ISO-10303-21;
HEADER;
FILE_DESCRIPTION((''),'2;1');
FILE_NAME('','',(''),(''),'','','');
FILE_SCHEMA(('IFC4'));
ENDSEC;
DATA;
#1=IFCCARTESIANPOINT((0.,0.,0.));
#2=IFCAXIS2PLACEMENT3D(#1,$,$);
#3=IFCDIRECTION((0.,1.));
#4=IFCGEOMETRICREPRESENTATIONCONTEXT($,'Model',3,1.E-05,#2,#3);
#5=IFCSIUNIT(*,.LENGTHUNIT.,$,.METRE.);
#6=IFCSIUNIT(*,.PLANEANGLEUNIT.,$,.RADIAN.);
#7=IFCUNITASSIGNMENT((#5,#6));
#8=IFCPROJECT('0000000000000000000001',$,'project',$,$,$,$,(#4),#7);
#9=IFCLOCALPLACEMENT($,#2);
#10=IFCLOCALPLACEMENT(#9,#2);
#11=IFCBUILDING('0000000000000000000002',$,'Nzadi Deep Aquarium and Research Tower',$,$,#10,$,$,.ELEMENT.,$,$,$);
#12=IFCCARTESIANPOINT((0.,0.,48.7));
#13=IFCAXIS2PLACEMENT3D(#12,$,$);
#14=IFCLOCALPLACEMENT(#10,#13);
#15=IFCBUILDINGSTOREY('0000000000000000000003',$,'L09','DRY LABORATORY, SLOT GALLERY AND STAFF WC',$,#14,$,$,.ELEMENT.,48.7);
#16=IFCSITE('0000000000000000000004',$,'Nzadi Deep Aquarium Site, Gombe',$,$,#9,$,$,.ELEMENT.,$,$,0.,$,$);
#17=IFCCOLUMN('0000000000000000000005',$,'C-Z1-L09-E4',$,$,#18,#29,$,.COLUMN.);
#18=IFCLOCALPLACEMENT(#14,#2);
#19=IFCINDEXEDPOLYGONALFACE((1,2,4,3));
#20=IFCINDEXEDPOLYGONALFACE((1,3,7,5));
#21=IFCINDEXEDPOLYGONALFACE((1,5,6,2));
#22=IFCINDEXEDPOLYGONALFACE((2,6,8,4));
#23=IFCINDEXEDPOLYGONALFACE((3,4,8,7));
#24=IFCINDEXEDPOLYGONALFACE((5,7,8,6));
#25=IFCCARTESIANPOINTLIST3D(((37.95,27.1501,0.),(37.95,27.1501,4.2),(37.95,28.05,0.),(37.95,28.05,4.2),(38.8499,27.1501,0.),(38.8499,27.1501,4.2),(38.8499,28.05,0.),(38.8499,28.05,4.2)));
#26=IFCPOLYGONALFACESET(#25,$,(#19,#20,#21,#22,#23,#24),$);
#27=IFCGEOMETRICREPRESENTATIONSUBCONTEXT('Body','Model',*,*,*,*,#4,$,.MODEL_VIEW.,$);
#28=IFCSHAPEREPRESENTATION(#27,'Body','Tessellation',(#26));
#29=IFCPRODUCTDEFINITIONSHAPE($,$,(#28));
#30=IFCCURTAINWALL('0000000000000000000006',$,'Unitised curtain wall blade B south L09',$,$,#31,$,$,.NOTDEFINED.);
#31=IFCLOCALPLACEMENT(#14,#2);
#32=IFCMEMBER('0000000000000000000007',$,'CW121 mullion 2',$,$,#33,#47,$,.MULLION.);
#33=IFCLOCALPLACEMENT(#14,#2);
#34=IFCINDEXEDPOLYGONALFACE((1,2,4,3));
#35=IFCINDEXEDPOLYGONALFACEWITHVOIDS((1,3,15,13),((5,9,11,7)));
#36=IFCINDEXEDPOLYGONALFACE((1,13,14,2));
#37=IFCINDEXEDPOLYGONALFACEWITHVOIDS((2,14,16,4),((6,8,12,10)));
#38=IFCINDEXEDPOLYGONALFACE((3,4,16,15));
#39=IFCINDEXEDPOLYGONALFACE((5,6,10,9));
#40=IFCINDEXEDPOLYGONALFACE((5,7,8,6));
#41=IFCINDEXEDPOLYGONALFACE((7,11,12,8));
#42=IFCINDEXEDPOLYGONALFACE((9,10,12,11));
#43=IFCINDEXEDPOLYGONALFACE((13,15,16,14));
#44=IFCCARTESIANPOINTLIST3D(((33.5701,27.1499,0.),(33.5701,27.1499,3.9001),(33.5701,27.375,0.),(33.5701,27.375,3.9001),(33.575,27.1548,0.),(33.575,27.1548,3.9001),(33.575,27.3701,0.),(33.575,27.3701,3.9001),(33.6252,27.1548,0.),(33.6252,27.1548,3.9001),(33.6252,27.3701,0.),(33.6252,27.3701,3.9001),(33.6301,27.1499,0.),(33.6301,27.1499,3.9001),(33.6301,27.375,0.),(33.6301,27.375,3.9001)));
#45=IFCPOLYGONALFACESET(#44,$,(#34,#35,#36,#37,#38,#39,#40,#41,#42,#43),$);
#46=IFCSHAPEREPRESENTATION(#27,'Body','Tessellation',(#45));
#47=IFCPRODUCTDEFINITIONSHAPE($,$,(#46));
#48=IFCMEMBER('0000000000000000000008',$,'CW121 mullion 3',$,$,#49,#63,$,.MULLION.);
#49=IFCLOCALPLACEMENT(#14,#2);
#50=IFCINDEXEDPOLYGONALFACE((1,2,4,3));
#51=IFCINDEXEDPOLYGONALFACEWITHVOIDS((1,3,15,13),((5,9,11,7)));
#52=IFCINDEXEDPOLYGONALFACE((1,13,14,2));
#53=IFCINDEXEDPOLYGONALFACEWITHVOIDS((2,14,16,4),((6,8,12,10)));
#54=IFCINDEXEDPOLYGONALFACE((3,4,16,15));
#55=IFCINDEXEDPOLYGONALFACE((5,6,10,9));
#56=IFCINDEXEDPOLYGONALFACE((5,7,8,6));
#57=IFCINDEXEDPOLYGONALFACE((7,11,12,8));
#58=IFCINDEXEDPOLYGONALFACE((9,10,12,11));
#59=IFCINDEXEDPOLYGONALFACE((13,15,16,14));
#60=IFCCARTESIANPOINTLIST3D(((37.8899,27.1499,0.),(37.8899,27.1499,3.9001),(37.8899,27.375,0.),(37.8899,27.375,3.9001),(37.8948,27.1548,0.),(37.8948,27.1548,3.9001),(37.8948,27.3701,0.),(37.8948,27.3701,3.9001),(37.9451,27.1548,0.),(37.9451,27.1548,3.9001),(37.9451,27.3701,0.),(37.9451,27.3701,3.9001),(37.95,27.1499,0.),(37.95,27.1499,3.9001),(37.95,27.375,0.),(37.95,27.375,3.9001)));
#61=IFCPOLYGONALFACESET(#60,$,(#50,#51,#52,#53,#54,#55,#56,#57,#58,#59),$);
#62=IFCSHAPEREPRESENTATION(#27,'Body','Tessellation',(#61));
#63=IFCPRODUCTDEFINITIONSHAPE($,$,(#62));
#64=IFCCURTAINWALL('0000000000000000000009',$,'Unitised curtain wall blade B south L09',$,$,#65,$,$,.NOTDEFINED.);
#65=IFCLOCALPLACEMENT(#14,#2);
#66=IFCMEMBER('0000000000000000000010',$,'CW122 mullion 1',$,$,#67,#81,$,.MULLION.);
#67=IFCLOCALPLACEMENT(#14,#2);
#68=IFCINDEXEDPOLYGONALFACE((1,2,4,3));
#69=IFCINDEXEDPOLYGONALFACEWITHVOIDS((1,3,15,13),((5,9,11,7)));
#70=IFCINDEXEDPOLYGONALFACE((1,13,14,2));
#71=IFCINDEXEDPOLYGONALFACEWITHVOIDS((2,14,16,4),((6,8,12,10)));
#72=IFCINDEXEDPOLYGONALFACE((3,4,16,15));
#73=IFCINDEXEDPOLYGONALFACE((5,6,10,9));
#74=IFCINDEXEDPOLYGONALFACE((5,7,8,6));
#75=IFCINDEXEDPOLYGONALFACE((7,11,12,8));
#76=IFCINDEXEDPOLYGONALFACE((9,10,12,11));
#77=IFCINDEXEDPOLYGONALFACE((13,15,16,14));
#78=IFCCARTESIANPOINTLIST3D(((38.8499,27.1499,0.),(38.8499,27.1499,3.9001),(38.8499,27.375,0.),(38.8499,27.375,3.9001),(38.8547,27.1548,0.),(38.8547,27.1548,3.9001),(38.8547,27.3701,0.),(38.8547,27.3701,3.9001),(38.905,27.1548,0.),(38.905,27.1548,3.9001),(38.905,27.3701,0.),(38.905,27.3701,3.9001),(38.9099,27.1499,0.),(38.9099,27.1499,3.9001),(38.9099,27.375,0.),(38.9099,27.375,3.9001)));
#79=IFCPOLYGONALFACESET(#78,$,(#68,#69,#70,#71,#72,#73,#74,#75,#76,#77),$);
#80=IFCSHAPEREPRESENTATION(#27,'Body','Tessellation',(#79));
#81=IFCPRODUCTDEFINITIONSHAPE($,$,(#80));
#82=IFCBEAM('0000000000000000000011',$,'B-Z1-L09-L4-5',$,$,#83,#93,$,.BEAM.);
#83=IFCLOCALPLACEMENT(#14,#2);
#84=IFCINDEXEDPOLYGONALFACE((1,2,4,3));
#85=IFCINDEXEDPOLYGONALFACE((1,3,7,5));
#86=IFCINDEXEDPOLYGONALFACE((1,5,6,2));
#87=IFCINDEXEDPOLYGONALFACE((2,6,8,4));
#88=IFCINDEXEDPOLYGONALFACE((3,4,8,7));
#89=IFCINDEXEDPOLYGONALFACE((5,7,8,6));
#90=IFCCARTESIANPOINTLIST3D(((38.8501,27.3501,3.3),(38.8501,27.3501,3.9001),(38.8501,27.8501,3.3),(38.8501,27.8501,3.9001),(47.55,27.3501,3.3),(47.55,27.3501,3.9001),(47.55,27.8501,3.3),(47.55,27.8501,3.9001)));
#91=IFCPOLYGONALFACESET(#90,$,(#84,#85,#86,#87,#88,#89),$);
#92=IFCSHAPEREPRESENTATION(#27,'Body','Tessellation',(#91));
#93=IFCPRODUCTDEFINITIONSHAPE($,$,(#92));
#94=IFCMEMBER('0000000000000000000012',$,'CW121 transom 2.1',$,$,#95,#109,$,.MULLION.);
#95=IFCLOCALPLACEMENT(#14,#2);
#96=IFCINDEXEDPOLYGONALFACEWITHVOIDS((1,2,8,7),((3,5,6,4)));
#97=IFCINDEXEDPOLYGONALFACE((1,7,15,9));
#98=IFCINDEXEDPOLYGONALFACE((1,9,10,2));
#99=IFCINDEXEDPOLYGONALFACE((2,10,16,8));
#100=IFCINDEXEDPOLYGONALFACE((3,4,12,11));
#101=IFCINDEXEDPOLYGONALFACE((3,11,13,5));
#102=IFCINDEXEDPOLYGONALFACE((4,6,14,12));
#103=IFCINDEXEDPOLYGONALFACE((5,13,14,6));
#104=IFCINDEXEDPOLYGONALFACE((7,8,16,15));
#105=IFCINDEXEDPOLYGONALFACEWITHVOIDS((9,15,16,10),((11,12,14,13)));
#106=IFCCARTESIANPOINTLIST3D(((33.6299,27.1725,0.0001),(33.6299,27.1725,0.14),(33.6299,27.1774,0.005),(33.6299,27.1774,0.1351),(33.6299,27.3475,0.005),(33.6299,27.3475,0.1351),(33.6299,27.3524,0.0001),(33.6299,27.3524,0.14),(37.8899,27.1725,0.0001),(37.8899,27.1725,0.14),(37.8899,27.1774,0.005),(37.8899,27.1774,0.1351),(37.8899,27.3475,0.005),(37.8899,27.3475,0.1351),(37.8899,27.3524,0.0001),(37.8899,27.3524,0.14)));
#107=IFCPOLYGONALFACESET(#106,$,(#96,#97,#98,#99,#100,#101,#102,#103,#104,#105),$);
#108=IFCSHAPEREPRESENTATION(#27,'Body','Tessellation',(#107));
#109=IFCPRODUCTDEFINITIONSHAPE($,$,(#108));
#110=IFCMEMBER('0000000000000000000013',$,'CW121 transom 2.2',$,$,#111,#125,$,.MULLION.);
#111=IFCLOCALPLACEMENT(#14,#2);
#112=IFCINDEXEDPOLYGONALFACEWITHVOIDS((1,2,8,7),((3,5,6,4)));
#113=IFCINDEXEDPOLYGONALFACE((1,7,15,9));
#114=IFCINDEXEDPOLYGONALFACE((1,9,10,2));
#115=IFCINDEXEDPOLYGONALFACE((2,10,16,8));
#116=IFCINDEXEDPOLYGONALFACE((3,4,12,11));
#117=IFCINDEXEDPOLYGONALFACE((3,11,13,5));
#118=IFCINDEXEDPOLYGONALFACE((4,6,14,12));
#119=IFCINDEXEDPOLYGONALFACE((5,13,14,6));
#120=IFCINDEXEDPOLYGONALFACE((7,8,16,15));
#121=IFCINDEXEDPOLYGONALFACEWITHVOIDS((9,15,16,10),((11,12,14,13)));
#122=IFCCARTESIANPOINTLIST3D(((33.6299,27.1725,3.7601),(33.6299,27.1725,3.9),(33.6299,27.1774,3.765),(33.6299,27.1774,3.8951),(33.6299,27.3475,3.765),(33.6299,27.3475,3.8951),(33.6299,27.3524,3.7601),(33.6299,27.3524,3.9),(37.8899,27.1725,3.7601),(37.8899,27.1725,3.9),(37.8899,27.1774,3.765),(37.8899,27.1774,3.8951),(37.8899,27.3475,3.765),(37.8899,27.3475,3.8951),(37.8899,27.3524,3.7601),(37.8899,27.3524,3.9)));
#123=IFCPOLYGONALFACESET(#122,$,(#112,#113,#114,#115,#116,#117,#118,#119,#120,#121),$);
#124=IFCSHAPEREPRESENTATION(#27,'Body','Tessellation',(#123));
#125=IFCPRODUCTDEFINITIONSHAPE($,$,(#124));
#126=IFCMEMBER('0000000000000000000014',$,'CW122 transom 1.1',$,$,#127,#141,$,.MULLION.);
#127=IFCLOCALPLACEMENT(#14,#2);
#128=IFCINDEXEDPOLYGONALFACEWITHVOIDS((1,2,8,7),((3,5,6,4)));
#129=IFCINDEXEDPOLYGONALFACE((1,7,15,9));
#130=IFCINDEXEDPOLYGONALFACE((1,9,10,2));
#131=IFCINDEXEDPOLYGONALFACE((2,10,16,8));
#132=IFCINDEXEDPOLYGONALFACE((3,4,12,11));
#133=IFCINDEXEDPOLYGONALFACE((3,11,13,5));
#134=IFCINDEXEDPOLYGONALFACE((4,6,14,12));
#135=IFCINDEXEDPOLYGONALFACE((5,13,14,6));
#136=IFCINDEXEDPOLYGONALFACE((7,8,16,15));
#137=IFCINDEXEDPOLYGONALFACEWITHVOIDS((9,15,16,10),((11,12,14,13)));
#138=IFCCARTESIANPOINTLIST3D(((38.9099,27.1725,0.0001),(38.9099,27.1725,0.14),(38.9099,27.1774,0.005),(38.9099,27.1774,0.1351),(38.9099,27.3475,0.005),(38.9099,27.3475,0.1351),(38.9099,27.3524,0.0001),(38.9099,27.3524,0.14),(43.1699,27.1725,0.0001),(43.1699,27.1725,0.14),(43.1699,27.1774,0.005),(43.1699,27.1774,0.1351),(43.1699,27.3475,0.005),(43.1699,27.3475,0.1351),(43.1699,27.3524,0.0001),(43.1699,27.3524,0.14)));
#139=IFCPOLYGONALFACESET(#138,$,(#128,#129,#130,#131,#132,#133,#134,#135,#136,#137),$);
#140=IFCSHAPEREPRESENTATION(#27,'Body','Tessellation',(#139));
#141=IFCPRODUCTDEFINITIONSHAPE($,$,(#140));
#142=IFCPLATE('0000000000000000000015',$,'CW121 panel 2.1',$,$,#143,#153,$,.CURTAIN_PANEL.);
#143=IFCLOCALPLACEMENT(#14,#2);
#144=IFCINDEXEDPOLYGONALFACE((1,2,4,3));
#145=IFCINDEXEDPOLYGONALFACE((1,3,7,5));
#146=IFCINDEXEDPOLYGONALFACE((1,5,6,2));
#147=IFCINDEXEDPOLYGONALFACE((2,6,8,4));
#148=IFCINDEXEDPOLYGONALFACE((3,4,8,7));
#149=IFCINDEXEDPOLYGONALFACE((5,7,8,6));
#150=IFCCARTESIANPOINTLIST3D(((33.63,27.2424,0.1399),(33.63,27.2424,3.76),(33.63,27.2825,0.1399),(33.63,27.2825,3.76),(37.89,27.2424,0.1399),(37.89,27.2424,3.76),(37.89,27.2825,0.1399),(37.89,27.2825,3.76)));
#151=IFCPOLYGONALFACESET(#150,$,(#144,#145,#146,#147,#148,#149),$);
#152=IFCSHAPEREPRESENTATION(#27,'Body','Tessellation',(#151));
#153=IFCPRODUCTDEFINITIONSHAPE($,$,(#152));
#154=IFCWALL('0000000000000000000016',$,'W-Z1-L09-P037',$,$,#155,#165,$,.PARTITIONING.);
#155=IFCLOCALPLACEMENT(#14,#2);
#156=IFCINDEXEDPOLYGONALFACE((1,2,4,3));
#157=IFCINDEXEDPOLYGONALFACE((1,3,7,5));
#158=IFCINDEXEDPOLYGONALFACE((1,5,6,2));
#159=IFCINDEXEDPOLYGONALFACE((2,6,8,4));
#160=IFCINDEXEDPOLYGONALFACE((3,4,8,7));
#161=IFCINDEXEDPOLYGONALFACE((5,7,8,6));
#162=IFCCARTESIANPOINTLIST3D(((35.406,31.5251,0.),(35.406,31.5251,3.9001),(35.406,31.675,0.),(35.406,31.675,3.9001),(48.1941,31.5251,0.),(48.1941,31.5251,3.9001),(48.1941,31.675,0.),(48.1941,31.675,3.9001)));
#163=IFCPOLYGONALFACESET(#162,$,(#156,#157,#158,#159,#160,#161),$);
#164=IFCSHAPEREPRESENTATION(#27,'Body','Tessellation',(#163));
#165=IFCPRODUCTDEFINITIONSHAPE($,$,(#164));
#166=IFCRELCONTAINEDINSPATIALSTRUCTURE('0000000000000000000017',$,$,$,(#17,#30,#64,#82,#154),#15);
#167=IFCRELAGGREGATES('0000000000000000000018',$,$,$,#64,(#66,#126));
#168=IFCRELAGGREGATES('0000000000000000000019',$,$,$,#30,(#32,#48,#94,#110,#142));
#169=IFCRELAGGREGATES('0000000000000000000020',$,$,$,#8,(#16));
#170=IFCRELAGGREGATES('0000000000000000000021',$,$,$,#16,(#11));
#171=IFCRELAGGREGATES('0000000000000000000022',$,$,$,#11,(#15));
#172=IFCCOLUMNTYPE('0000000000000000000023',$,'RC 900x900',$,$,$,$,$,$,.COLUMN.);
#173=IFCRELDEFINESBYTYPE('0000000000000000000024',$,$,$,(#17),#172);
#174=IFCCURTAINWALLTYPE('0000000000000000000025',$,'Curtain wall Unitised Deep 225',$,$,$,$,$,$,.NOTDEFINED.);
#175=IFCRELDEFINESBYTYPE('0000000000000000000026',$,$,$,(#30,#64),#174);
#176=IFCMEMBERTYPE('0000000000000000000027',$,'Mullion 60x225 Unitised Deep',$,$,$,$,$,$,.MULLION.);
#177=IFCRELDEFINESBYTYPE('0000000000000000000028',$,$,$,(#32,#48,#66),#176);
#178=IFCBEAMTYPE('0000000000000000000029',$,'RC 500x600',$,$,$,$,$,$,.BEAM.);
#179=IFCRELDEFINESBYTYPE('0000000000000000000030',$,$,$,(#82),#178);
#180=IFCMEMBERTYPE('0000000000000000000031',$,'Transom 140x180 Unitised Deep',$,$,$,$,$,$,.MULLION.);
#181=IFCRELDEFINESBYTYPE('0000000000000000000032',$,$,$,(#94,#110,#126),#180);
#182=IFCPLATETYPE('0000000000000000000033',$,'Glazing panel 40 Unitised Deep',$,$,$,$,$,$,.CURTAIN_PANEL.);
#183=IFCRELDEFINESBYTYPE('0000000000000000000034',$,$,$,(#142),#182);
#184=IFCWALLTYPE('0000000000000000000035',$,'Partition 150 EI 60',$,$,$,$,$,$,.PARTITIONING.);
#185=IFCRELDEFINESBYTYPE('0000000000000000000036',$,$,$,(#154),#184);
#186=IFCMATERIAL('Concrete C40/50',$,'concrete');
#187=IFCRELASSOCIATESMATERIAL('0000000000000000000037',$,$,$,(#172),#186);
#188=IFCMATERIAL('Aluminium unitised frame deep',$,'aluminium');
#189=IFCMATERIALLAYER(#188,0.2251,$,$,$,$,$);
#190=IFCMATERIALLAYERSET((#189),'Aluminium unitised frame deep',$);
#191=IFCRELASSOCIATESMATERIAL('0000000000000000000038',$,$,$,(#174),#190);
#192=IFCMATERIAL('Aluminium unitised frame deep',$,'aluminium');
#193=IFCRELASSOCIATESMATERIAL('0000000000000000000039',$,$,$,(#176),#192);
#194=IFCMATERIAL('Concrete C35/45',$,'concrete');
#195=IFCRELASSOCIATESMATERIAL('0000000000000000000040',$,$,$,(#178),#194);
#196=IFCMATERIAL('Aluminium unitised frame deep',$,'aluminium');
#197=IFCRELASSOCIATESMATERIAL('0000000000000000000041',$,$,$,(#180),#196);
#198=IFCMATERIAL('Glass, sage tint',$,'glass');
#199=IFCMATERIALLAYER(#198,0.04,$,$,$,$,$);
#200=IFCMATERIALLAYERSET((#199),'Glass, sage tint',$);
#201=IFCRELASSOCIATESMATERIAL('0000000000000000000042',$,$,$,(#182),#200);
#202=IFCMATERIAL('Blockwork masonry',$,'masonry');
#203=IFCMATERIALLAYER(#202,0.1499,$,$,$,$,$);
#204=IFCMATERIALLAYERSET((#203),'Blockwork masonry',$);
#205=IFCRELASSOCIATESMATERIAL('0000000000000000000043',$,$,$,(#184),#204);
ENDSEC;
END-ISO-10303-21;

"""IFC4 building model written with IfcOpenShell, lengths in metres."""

from ifc_helpers import new_model, si_unit, direction, frame, frame_2d, origin, origin_2d, place, context, subcontext, project, spatial, rectangle, hollow_rectangle, extrude, material, layer, layer_set, material_profile, profile_set, type_object, element, aggregate, save


model = new_model("IFC4")

# Units and contexts
model_context = context("Model", 3, precision=1e-05, world=origin(), true_north=direction((0.0, 1.0)))
body_context = subcontext(model_context, "Body", "Model", "MODEL_VIEW")
ifc_project = project(units=[si_unit("LENGTHUNIT", "METRE"), si_unit("PLANEANGLEUNIT", "RADIAN")], contexts=[model_context])

# Site, building, storey
site_placement = place(None, origin())
site = spatial("IfcSite", under=ifc_project, at=site_placement, Name="Nzadi Deep Aquarium Site, Gombe", CompositionType="ELEMENT", RefElevation=0.0)
building_placement = place(site_placement, origin())
building = spatial("IfcBuilding", under=site, at=building_placement, Name="Nzadi Deep Aquarium and Research Tower", CompositionType="ELEMENT")
storey_placement = place(building_placement, frame((0.0, 0.0, 48.7)))
storey = spatial("IfcBuildingStorey", under=building, at=storey_placement, Name="L09", Description="DRY LABORATORY, SLOT GALLERY AND STAFF WC", CompositionType="ELEMENT", Elevation=48.7)

# Column
ifc_material_1 = material(Name="Concrete C40/50", Category="concrete")
ifc_material_profile_1 = material_profile(ifc_material_1, rectangle(XDim=0.8999, YDim=0.8999, at=origin_2d()))
ifc_profile_set_1 = profile_set([ifc_material_profile_1], Name="Concrete C40/50")
column_type = type_object("IfcColumnType", Name="RC 900x900", PredefinedType="COLUMN", material=ifc_profile_set_1)
column_placement = place(storey_placement, frame((38.3999, 27.6001, 0.0), z_axis=(0.0, 0.0, 1.0), x_axis=(1.0, 0.0, 0.0)))
element("IfcColumn", 1, at=column_placement, inside=storey, type_object=column_type, Name="C-Z1-L09-E4", PredefinedType="COLUMN", context=body_context, shape_type="SweptSolid", body=[
    extrude(rectangle(XDim=0.8999, YDim=0.8999, at=origin_2d()), origin(), (0.0, 0.0, 1.0), 4.2),
])

# Curtain wall, members
ifc_material_2 = material(Name="Aluminium unitised frame deep", Category="aluminium")
ifc_layer_1 = layer(ifc_material_2, 0.2251)
ifc_layer_set_1 = layer_set([ifc_layer_1], Name="Aluminium unitised frame deep")
curtain_wall_type = type_object("IfcCurtainWallType", Name="Curtain wall Unitised Deep 225", PredefinedType="NOTDEFINED", material=ifc_layer_set_1)
curtain_wall_1_placement = place(storey_placement, origin())
curtain_wall_1 = element("IfcCurtainWall", 2, at=curtain_wall_1_placement, inside=storey, type_object=curtain_wall_type, Name="Unitised curtain wall blade B south L09", PredefinedType="NOTDEFINED")
ifc_material_3 = material(Name="Aluminium unitised frame deep", Category="aluminium")
ifc_material_profile_2 = material_profile(ifc_material_3, hollow_rectangle(XDim=0.2251, YDim=0.0601, WallThickness=0.0049, at=origin_2d()))
ifc_profile_set_2 = profile_set([ifc_material_profile_2], Name="Aluminium unitised frame deep")
member_type_1 = type_object("IfcMemberType", Name="Mullion 60x225 Unitised Deep", PredefinedType="MULLION", material=ifc_profile_set_2)
member_1_placement = place(storey_placement, frame((33.6001, 27.2625, 0.0), z_axis=(0.0, 0.0, 1.0), x_axis=(0.0, 1.0, 0.0)))
member_1 = element("IfcMember", 3, at=member_1_placement, type_object=member_type_1, Name="CW121 mullion 2", PredefinedType="MULLION", context=body_context, shape_type="SweptSolid", body=[
    extrude(hollow_rectangle(XDim=0.2251, YDim=0.0601, WallThickness=0.0049, at=origin_2d()), origin(), (0.0, 0.0, 1.0), 3.9001),
])
member_2_placement = place(storey_placement, frame((37.9199, 27.2625, 0.0), z_axis=(0.0, 0.0, 1.0), x_axis=(0.0, 1.0, 0.0)))
member_2 = element("IfcMember", 4, at=member_2_placement, type_object=member_type_1, Name="CW121 mullion 3", PredefinedType="MULLION", context=body_context, shape_type="SweptSolid", body=[
    extrude(hollow_rectangle(XDim=0.2251, YDim=0.0601, WallThickness=0.0049, at=origin_2d()), origin(), (0.0, 0.0, 1.0), 3.9001),
])

# Curtain wall, member
curtain_wall_2_placement = place(storey_placement, origin())
curtain_wall_2 = element("IfcCurtainWall", 5, at=curtain_wall_2_placement, inside=storey, type_object=curtain_wall_type, Name="Unitised curtain wall blade B south L09", PredefinedType="NOTDEFINED")
member_3_placement = place(storey_placement, frame((38.8799, 27.2625, 0.0), z_axis=(0.0, 0.0, 1.0), x_axis=(0.0, 1.0, 0.0)))
member_3 = element("IfcMember", 6, at=member_3_placement, type_object=member_type_1, Name="CW122 mullion 1", PredefinedType="MULLION", context=body_context, shape_type="SweptSolid", body=[
    extrude(hollow_rectangle(XDim=0.2251, YDim=0.0601, WallThickness=0.0049, at=origin_2d()), origin(), (0.0, 0.0, 1.0), 3.9001),
])

# Beam
ifc_material_4 = material(Name="Concrete C35/45", Category="concrete")
ifc_material_profile_3 = material_profile(ifc_material_4, rectangle(XDim=0.5, YDim=0.6001, at=origin_2d()))
ifc_profile_set_3 = profile_set([ifc_material_profile_3], Name="Concrete C35/45")
beam_type = type_object("IfcBeamType", Name="RC 500x600", PredefinedType="BEAM", material=ifc_profile_set_3)
beam_placement = place(storey_placement, frame((38.8501, 27.6001, 3.6001), z_axis=(1.0, 0.0, 0.0), x_axis=(0.0, 1.0, 0.0)))
element("IfcBeam", 7, at=beam_placement, inside=storey, type_object=beam_type, Name="B-Z1-L09-L4-5", PredefinedType="BEAM", context=body_context, shape_type="SweptSolid", body=[
    extrude(rectangle(XDim=0.5, YDim=0.6001, at=origin_2d()), origin(), (0.0, 0.0, 1.0), 8.7),
])

# Members
ifc_material_5 = material(Name="Aluminium unitised frame deep", Category="aluminium")
ifc_material_profile_4 = material_profile(ifc_material_5, hollow_rectangle(XDim=0.1799, YDim=0.1399, WallThickness=0.0049, at=origin_2d()))
ifc_profile_set_4 = profile_set([ifc_material_profile_4], Name="Aluminium unitised frame deep")
member_type_2 = type_object("IfcMemberType", Name="Transom 140x180 Unitised Deep", PredefinedType="MULLION", material=ifc_profile_set_4)
member_4_placement = place(storey_placement, frame((33.6299, 27.2625, 0.0701), z_axis=(1.0, 0.0, 0.0), x_axis=(0.0, 1.0, 0.0)))
member_4 = element("IfcMember", 8, at=member_4_placement, type_object=member_type_2, Name="CW121 transom 2.1", PredefinedType="MULLION", context=body_context, shape_type="SweptSolid", body=[
    extrude(hollow_rectangle(XDim=0.1799, YDim=0.1399, WallThickness=0.0049, at=origin_2d()), origin(), (0.0, 0.0, 1.0), 4.26),
])
member_5_placement = place(storey_placement, frame((33.6299, 27.2625, 3.8301), z_axis=(1.0, 0.0, 0.0), x_axis=(0.0, 1.0, 0.0)))
member_5 = element("IfcMember", 9, at=member_5_placement, type_object=member_type_2, Name="CW121 transom 2.2", PredefinedType="MULLION", context=body_context, shape_type="SweptSolid", body=[
    extrude(hollow_rectangle(XDim=0.1799, YDim=0.1399, WallThickness=0.0049, at=origin_2d()), origin(), (0.0, 0.0, 1.0), 4.26),
])
member_6_placement = place(storey_placement, frame((38.9099, 27.2625, 0.0701), z_axis=(1.0, 0.0, 0.0), x_axis=(0.0, 1.0, 0.0)))
member_6 = element("IfcMember", 10, at=member_6_placement, type_object=member_type_2, Name="CW122 transom 1.1", PredefinedType="MULLION", context=body_context, shape_type="SweptSolid", body=[
    extrude(hollow_rectangle(XDim=0.1799, YDim=0.1399, WallThickness=0.0049, at=origin_2d()), origin(), (0.0, 0.0, 1.0), 4.26),
])
aggregate(curtain_wall_2, [member_3, member_6])

# Plate
ifc_material_6 = material(Name="Glass, sage tint", Category="glass")
ifc_layer_2 = layer(ifc_material_6, 0.04)
ifc_layer_set_2 = layer_set([ifc_layer_2], Name="Glass, sage tint")
plate_type = type_object("IfcPlateType", Name="Glazing panel 40 Unitised Deep", PredefinedType="CURTAIN_PANEL", material=ifc_layer_set_2)
plate_placement = place(storey_placement, frame((35.76, 27.2625, 0.1399), z_axis=(0.0, 0.0, 1.0), x_axis=(1.0, 0.0, 0.0)))
plate = element("IfcPlate", 11, at=plate_placement, type_object=plate_type, Name="CW121 panel 2.1", PredefinedType="CURTAIN_PANEL", context=body_context, shape_type="SweptSolid", body=[
    extrude(rectangle(XDim=4.26, YDim=0.04, at=origin_2d()), origin(), (0.0, 0.0, 1.0), 3.6201),
])
aggregate(curtain_wall_1, [member_1, member_2, member_4, member_5, plate])

# Wall
ifc_material_7 = material(Name="Blockwork masonry", Category="masonry")
ifc_layer_3 = layer(ifc_material_7, 0.1499)
ifc_layer_set_3 = layer_set([ifc_layer_3], Name="Blockwork masonry")
wall_type_1 = type_object("IfcWallType", Name="Partition 150 EI 60", PredefinedType="PARTITIONING", material=ifc_layer_set_3)
wall_1_placement = place(storey_placement, frame((35.406, 31.6001, 0.0), z_axis=(0.0, 0.0, 1.0), x_axis=(1.0, 0.0, 0.0)))
element("IfcWall", 12, at=wall_1_placement, inside=storey, type_object=wall_type_1, Name="W-Z1-L09-P037", PredefinedType="PARTITIONING", context=body_context, shape_type="SweptSolid", body=[
    extrude(rectangle(XDim=12.7881, YDim=0.1499, at=frame_2d((6.394, 0.0))), origin(), (0.0, 0.0, 1.0), 3.9001),
])

save(model, "model.ifc")
